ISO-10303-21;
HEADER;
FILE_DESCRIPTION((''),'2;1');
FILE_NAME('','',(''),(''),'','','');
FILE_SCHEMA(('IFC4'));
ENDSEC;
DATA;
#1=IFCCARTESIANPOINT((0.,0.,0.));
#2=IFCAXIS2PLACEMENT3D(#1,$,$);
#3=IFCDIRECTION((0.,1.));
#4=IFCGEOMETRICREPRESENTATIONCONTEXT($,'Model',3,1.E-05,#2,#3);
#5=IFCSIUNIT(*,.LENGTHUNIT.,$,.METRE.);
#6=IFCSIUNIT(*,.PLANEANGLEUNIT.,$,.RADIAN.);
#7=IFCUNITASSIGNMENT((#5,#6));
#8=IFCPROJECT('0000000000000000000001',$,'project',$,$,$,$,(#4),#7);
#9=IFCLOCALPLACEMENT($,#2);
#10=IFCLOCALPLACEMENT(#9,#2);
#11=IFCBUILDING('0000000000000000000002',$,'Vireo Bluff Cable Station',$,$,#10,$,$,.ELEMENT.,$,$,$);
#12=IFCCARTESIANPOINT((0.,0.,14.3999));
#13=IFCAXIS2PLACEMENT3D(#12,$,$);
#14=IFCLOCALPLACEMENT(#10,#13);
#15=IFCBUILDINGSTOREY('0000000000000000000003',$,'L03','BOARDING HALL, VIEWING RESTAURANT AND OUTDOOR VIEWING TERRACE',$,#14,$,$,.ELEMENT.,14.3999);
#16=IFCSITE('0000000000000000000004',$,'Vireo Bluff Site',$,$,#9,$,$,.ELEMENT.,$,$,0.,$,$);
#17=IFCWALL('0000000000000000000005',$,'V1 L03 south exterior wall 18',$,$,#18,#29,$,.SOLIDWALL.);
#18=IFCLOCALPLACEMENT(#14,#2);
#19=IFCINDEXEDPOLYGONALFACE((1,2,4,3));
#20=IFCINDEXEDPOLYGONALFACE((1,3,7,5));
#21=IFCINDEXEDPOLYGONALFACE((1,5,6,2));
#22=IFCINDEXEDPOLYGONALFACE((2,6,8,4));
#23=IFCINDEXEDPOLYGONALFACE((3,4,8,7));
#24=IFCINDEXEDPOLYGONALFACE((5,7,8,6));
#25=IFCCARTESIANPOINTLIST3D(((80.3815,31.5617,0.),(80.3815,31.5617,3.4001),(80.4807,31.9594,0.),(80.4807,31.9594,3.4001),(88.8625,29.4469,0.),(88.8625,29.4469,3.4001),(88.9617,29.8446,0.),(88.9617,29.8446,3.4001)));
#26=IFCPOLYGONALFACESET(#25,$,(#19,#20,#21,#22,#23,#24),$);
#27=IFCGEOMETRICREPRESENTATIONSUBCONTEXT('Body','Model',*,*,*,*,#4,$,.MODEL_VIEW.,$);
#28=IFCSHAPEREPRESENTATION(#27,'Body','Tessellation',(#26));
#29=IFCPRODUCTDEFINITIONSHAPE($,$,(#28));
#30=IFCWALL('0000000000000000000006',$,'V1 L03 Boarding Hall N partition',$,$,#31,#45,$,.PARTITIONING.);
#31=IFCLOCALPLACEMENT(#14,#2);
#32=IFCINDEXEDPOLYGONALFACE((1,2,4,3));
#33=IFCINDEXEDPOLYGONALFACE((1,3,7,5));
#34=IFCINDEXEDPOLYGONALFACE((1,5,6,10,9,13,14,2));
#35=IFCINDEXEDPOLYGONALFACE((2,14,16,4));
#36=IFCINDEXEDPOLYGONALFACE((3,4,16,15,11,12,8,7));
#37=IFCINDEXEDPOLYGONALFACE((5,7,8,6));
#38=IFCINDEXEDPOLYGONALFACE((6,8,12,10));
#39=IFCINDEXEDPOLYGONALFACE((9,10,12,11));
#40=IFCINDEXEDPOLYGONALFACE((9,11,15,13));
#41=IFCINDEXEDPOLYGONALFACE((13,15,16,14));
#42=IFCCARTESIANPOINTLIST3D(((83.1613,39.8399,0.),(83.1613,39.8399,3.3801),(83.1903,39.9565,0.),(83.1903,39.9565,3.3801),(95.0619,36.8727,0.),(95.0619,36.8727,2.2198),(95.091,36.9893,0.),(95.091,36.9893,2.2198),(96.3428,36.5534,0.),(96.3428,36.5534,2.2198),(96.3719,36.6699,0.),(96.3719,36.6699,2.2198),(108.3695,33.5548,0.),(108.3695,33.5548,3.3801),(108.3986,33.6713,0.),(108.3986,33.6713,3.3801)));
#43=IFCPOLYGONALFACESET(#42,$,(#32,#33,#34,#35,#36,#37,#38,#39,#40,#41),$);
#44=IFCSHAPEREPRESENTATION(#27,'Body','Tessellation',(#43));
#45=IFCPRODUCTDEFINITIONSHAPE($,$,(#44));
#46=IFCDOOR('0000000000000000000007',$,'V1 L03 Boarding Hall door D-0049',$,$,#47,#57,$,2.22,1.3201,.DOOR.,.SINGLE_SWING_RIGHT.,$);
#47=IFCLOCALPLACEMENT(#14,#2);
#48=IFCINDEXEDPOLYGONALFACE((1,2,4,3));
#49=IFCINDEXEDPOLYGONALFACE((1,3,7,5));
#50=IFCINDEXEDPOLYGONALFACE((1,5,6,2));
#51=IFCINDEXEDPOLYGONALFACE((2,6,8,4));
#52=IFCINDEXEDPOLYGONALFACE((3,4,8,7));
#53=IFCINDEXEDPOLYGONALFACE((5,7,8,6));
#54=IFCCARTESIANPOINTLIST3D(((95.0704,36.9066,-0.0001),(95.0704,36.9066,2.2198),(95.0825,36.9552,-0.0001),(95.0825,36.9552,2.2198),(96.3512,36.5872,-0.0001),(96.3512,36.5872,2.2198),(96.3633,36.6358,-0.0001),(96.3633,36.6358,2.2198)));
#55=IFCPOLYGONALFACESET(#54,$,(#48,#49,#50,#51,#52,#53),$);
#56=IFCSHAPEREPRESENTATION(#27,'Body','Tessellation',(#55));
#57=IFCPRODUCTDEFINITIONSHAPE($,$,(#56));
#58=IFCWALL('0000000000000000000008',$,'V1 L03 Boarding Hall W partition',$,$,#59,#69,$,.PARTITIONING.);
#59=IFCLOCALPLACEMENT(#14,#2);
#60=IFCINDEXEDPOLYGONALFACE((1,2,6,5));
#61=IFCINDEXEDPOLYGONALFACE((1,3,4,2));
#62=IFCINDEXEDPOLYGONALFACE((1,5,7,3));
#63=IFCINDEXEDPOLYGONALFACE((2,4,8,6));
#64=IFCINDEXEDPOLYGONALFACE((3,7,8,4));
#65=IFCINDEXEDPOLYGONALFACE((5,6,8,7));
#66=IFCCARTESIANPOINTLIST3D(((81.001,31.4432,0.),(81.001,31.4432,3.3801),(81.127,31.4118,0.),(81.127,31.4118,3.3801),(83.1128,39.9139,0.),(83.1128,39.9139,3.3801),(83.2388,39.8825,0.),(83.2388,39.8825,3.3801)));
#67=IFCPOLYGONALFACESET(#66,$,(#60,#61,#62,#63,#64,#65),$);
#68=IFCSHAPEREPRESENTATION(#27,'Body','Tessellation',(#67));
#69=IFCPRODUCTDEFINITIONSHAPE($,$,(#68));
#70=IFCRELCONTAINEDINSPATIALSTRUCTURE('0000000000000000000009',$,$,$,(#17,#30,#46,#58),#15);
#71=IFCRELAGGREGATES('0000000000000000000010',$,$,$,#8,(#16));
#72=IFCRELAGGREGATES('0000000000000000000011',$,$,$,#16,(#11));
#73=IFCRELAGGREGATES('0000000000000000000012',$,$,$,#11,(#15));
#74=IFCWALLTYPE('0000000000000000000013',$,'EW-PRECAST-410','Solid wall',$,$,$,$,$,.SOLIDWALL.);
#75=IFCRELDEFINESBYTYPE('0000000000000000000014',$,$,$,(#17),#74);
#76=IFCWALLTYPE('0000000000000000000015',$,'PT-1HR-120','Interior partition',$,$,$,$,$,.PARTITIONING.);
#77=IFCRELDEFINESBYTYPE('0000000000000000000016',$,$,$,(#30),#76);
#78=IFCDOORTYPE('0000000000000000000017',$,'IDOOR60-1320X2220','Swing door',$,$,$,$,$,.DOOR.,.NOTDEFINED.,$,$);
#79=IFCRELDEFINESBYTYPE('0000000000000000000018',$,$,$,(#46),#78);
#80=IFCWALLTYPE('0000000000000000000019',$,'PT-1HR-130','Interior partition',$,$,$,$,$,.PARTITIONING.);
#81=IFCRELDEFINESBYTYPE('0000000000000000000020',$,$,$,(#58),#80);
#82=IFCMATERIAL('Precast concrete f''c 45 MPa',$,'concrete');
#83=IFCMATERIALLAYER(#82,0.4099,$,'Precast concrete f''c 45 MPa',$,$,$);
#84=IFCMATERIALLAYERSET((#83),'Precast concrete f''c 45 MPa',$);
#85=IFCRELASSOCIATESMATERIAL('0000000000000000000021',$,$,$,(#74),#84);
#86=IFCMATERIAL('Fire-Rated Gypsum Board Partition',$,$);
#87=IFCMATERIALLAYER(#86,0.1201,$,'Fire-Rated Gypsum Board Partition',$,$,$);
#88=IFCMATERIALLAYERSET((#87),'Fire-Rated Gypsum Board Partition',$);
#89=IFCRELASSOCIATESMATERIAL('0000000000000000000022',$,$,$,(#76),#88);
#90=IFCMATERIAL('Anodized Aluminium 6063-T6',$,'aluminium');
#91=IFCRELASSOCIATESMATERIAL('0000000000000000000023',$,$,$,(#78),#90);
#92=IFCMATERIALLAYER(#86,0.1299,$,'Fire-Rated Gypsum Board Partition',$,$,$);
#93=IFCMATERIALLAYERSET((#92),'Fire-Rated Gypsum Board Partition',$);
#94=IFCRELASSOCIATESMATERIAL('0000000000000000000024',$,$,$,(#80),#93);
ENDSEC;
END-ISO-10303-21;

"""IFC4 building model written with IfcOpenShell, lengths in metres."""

from ifc_helpers import new_model, si_unit, direction, frame, frame_2d, origin, origin_with_axes, place, context, subcontext, project, spatial, rectangle, extrude, material, layer, layer_set, type_object, element, fill, save


model = new_model("IFC4")

# Units and contexts
model_context = context("Model", 3, precision=1e-05, world=origin(), true_north=direction((0.0, 1.0)))
body_context = subcontext(model_context, "Body", "Model", "MODEL_VIEW")
ifc_project = project(units=[si_unit("LENGTHUNIT", "METRE"), si_unit("PLANEANGLEUNIT", "RADIAN")], contexts=[model_context])

# Site, building, storey
site_placement = place(None, origin())
site = spatial("IfcSite", under=ifc_project, at=site_placement, Name="Vireo Bluff Site", CompositionType="ELEMENT", RefElevation=0.0)
building_placement = place(site_placement, origin())
building = spatial("IfcBuilding", under=site, at=building_placement, Name="Vireo Bluff Cable Station", CompositionType="ELEMENT")
storey_placement = place(building_placement, frame((0.0, 0.0, 14.3999)))
storey = spatial("IfcBuildingStorey", under=building, at=storey_placement, Name="L03", Description="BOARDING HALL, VIEWING RESTAURANT AND OUTDOOR VIEWING TERRACE", CompositionType="ELEMENT", Elevation=14.3999)

# Shared definitions
ifc_material_1 = material(Name="Anodized Aluminium 6063-T6", Category="aluminium")

# Wall
ifc_material_2 = material(Name="Precast concrete f'c 45 MPa", Category="concrete")
ifc_layer_1 = layer(ifc_material_2, 0.4099, Name="Precast concrete f'c 45 MPa")
ifc_layer_set_1 = layer_set([ifc_layer_1], Name="Precast concrete f'c 45 MPa")
wall_type_1 = type_object("IfcWallType", Name="EW-PRECAST-410", Description="Solid wall", PredefinedType="SOLIDWALL", material=ifc_layer_set_1)
wall_1_placement = place(storey_placement, frame((88.9121, 29.6458, 0.0), z_axis=(0.0, 0.0, 1.0), x_axis=(-0.97029, 0.241944, 0.0)))
element("IfcWall", 1, at=wall_1_placement, inside=storey, type_object=wall_type_1, Name="V1 L03 south exterior wall 18", PredefinedType="SOLIDWALL", context=body_context, shape_type="SweptSolid", body=[
    extrude(rectangle(XDim=8.7407, YDim=0.4099, at=frame_2d((4.3704, 0.0))), origin(), (0.0, 0.0, 1.0), 3.4001),
])

# Wall, opening, door
ifc_material_3 = material(Name="Fire-Rated Gypsum Board Partition")
ifc_layer_2 = layer(ifc_material_3, 0.1201, Name="Fire-Rated Gypsum Board Partition")
ifc_layer_set_2 = layer_set([ifc_layer_2], Name="Fire-Rated Gypsum Board Partition")
wall_type_2 = type_object("IfcWallType", Name="PT-1HR-120", Description="Interior partition", PredefinedType="PARTITIONING", material=ifc_layer_set_2)
wall_2_placement = place(storey_placement, frame((83.1758, 39.8982, 0.0), z_axis=(0.0, 0.0, 1.0), x_axis=(0.970295, -0.241923, 0.0)))
wall_2 = element("IfcWall", 2, at=wall_2_placement, inside=storey, type_object=wall_type_2, Name="V1 L03 Boarding Hall N partition", PredefinedType="PARTITIONING", context=body_context, shape_type="SweptSolid", body=[
    extrude(rectangle(XDim=25.98, YDim=0.1201, at=frame_2d((12.99, 0.0))), origin(), (0.0, 0.0, 1.0), 3.3801),
])
opening_placement = place(wall_2_placement, frame((12.2649, 0.0, 0.0)))
opening = element("IfcOpeningElement", 3, at=opening_placement, cuts=wall_2, PredefinedType="OPENING", context=body_context, shape_type="SweptSolid", body=[
    extrude(rectangle(XDim=1.3201, YDim=2.22, at=frame_2d((0.6602, 1.1099))), frame((0.0, 0.0701, 0.0), z_axis=(0.0, -1.0, 0.0), x_axis=(1.0, 0.0, 0.0)), (0.0, 0.0, 1.0), 0.1401),
])
door_type = type_object("IfcDoorType", Name="IDOOR60-1320X2220", Description="Swing door", OperationType="NOTDEFINED", PredefinedType="DOOR", material=ifc_material_1)
door_placement = place(opening_placement, origin_with_axes())
door = element("IfcDoor", 4, at=door_placement, inside=storey, type_object=door_type, Name="V1 L03 Boarding Hall door D-0049", OperationType="SINGLE_SWING_RIGHT", OverallHeight=2.22, OverallWidth=1.3201, PredefinedType="DOOR", context=body_context, shape_type="SweptSolid", body=[
    extrude(rectangle(XDim=1.3201, YDim=2.22, at=frame_2d((0.6602, 1.1099))), frame((0.0, 0.0249, 0.0), z_axis=(0.0, -1.0, 0.0), x_axis=(1.0, 0.0, 0.0)), (0.0, 0.0, 1.0), 0.05),
])
fill(opening, door)

# Wall
ifc_layer_3 = layer(ifc_material_3, 0.1299, Name="Fire-Rated Gypsum Board Partition")
ifc_layer_set_3 = layer_set([ifc_layer_3], Name="Fire-Rated Gypsum Board Partition")
wall_type_3 = type_object("IfcWallType", Name="PT-1HR-130", Description="Interior partition", PredefinedType="PARTITIONING", material=ifc_layer_set_3)
wall_3_placement = place(storey_placement, frame((81.064, 31.4275, 0.0), z_axis=(0.0, 0.0, 1.0), x_axis=(0.241904, 0.9703, 0.0)))
element("IfcWall", 5, at=wall_3_placement, inside=storey, type_object=wall_type_3, Name="V1 L03 Boarding Hall W partition", PredefinedType="PARTITIONING", context=body_context, shape_type="SweptSolid", body=[
    extrude(rectangle(XDim=8.73, YDim=0.1299, at=frame_2d((4.365, 0.0))), origin(), (0.0, 0.0, 1.0), 3.3801),
])

save(model, "model.ifc")
